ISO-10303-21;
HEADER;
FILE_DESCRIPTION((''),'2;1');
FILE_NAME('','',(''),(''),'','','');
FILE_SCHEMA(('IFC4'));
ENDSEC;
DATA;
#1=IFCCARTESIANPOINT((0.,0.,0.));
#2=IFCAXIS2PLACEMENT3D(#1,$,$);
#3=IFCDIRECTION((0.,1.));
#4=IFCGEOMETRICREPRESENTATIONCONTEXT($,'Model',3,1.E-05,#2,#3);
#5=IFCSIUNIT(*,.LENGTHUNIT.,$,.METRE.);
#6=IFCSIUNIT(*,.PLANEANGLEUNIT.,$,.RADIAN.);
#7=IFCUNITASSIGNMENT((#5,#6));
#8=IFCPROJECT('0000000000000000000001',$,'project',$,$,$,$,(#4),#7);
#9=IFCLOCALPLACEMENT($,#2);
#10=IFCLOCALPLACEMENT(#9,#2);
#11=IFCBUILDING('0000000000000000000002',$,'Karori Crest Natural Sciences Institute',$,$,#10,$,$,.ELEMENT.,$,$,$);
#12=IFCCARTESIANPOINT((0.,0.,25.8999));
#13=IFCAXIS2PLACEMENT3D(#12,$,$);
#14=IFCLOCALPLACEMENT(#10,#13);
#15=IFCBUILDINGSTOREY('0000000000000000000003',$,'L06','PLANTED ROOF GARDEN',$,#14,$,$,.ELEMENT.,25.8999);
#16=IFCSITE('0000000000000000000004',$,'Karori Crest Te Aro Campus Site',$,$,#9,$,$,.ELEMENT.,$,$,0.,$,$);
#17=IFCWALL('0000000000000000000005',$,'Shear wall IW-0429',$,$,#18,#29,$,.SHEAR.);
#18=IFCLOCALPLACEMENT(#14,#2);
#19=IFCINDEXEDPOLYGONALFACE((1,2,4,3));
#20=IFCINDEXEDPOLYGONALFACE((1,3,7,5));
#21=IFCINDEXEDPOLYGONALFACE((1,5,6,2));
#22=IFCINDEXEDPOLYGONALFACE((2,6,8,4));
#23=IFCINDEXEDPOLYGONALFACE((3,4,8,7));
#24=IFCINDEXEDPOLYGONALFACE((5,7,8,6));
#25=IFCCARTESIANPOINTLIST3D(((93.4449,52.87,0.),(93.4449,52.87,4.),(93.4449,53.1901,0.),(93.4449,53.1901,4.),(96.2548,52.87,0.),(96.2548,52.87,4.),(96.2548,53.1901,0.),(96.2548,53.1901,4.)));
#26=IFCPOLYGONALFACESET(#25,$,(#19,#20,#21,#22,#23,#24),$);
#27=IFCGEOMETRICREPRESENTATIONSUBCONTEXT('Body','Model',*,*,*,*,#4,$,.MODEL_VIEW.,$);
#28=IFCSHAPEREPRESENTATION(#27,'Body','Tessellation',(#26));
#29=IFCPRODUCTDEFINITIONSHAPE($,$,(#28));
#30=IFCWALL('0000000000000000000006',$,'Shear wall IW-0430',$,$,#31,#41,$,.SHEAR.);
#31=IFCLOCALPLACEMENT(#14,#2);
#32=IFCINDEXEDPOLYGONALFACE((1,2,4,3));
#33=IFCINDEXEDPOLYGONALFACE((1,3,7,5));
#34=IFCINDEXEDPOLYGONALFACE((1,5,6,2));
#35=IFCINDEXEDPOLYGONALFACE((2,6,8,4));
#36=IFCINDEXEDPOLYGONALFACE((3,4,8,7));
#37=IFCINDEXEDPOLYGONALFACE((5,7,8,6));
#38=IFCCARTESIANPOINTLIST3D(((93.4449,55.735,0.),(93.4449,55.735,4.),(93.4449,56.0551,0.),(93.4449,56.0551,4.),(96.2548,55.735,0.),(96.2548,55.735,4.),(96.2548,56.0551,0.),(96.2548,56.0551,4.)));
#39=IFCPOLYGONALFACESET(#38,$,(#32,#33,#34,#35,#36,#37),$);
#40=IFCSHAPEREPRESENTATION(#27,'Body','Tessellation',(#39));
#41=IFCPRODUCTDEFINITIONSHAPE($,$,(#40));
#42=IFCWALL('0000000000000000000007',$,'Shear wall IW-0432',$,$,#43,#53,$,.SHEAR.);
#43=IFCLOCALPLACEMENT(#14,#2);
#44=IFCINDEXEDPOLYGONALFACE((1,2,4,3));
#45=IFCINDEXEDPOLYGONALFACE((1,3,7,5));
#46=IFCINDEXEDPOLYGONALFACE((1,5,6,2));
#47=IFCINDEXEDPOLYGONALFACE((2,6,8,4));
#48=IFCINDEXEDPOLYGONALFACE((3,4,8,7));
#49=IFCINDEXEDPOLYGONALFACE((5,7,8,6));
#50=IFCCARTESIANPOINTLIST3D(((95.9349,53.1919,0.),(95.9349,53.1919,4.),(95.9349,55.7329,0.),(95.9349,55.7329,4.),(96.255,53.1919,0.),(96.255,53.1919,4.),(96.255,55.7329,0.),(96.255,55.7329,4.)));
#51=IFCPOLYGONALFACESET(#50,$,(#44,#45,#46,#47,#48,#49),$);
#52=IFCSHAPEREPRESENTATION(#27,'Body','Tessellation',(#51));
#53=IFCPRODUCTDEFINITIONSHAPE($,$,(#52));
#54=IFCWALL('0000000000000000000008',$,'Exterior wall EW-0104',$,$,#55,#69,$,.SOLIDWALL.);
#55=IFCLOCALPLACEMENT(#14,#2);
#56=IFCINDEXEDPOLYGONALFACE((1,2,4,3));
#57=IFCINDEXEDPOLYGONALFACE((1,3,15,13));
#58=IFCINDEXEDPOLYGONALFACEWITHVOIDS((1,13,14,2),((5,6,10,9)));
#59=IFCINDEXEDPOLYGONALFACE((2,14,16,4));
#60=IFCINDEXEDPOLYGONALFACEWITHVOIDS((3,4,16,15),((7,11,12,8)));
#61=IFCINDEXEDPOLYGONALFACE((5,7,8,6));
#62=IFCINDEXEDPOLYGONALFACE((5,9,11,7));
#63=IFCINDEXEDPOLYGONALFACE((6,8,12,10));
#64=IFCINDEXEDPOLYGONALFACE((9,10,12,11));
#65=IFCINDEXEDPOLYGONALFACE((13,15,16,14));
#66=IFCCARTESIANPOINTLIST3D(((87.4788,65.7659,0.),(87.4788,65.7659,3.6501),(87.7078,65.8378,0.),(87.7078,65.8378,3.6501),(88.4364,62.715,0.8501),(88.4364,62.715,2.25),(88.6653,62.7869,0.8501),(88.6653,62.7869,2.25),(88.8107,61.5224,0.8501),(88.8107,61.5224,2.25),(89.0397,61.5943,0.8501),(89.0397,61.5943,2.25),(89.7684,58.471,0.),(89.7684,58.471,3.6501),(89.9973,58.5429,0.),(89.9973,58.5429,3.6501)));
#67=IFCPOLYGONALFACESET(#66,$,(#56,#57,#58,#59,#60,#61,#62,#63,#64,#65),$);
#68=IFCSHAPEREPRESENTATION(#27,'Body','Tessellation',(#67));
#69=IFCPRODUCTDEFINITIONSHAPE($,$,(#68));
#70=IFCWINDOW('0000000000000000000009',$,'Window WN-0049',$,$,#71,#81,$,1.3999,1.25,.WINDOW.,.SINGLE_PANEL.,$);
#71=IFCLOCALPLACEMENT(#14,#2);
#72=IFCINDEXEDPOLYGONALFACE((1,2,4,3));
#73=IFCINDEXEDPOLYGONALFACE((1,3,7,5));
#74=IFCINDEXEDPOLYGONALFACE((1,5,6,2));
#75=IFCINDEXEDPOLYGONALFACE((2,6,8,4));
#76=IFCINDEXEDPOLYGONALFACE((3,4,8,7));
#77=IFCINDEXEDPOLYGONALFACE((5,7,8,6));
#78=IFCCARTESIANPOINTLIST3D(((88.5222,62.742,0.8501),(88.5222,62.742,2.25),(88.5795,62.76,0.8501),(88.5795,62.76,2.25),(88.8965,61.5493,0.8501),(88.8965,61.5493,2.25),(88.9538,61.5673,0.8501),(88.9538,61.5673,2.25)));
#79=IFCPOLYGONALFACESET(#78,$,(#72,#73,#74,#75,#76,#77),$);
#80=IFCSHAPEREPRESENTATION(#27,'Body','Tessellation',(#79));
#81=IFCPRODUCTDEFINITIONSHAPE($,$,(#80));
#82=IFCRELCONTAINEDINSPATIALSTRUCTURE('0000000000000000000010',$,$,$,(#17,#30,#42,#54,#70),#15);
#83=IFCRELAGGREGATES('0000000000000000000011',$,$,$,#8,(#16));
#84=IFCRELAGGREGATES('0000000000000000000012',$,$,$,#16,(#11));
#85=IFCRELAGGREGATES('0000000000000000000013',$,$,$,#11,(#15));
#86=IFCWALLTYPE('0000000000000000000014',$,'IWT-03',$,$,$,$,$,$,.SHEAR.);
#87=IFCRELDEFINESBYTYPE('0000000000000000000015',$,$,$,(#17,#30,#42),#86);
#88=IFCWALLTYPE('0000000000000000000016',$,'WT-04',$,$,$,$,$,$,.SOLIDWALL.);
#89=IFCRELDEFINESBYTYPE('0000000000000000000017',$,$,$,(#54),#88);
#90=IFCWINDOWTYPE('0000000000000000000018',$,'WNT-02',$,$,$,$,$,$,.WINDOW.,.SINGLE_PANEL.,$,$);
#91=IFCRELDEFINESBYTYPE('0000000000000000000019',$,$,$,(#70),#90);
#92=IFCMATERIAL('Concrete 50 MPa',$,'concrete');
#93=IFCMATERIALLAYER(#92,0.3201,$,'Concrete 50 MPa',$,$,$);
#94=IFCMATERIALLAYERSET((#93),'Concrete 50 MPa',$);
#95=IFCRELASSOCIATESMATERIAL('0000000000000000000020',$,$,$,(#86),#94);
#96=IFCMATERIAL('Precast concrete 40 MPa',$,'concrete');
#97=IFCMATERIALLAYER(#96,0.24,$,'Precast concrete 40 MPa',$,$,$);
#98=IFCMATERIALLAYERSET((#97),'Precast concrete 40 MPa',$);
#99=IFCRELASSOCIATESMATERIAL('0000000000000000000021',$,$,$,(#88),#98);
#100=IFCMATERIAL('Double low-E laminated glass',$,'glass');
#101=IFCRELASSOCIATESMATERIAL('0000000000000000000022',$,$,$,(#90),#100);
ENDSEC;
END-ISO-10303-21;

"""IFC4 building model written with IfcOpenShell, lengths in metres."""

from ifc_helpers import new_model, si_unit, direction, frame, frame_2d, origin, place, context, subcontext, project, spatial, rectangle, extrude, material, layer, layer_set, type_object, element, fill, save


model = new_model("IFC4")

# Units and contexts
model_context = context("Model", 3, precision=1e-05, world=origin(), true_north=direction((0.0, 1.0)))
body_context = subcontext(model_context, "Body", "Model", "MODEL_VIEW")
ifc_project = project(units=[si_unit("LENGTHUNIT", "METRE"), si_unit("PLANEANGLEUNIT", "RADIAN")], contexts=[model_context])

# Site, building, storey
site_placement = place(None, origin())
site = spatial("IfcSite", under=ifc_project, at=site_placement, Name="Karori Crest Te Aro Campus Site", CompositionType="ELEMENT", RefElevation=0.0)
building_placement = place(site_placement, origin())
building = spatial("IfcBuilding", under=site, at=building_placement, Name="Karori Crest Natural Sciences Institute", CompositionType="ELEMENT")
storey_placement = place(building_placement, frame((0.0, 0.0, 25.8999)))
storey = spatial("IfcBuildingStorey", under=building, at=storey_placement, Name="L06", Description="PLANTED ROOF GARDEN", CompositionType="ELEMENT", Elevation=25.8999)

# Shared definitions
ifc_material_1 = material(Name="Concrete 50 MPa", Category="concrete")

# Shared definitions
ifc_material_2 = material(Name="Double low-E laminated glass", Category="glass")

# Walls
ifc_layer_1 = layer(ifc_material_1, 0.3201, Name="Concrete 50 MPa")
ifc_layer_set_1 = layer_set([ifc_layer_1], Name="Concrete 50 MPa")
wall_type_1 = type_object("IfcWallType", Name="IWT-03", PredefinedType="SHEAR", material=ifc_layer_set_1)
for number, where, z_axis, x_axis, name in (
    (1, (93.4451, 53.03, 0.0), (0.0, 0.0, 1.0), (1.0, 0.0, 0.0), "Shear wall IW-0429"),
    (2, (93.4451, 55.895, 0.0), (0.0, 0.0, 1.0), (1.0, 0.0, 0.0), "Shear wall IW-0430"),
):
    element("IfcWall", number, at=place(storey_placement, frame(where, z_axis=z_axis, x_axis=x_axis)), inside=storey, type_object=wall_type_1, Name=name, PredefinedType="SHEAR", context=body_context, shape_type="SweptSolid", body=[
        extrude(rectangle(XDim=2.8098, YDim=0.3201, at=frame_2d((1.4048, 0.0))), origin(), (0.0, 0.0, 1.0), 4.0),
    ])

# Wall
wall_1_placement = place(storey_placement, frame((96.095, 53.1919, 0.0), z_axis=(0.0, 0.0, 1.0), x_axis=(0.0, 1.0, 0.0)))
element("IfcWall", 3, at=wall_1_placement, inside=storey, type_object=wall_type_1, Name="Shear wall IW-0432", PredefinedType="SHEAR", context=body_context, shape_type="SweptSolid", body=[
    extrude(rectangle(XDim=2.541, YDim=0.3201, at=frame_2d((1.2705, 0.0))), origin(), (0.0, 0.0, 1.0), 4.0),
])

# Wall, opening, window
ifc_material_3 = material(Name="Precast concrete 40 MPa", Category="concrete")
ifc_layer_2 = layer(ifc_material_3, 0.24, Name="Precast concrete 40 MPa")
ifc_layer_set_2 = layer_set([ifc_layer_2], Name="Precast concrete 40 MPa")
wall_type_2 = type_object("IfcWallType", Name="WT-04", PredefinedType="SOLIDWALL", material=ifc_layer_set_2)
wall_2_placement = place(storey_placement, frame((89.8828, 58.5071, 0.0), z_axis=(0.0, 0.0, 1.0), x_axis=(-0.299453, 0.954111, 0.0)))
wall_2 = element("IfcWall", 4, at=wall_2_placement, inside=storey, type_object=wall_type_2, Name="Exterior wall EW-0104", PredefinedType="SOLIDWALL", context=body_context, shape_type="SweptSolid", body=[
    extrude(rectangle(XDim=7.6458, YDim=0.24, at=frame_2d((3.8228, 0.0))), origin(), (0.0, 0.0, 1.0), 3.6501),
])
opening_1_placement = place(wall_2_placement, frame((3.198, 0.0, 0.8501)))
opening_1 = element("IfcOpeningElement", 5, at=opening_1_placement, cuts=wall_2, PredefinedType="OPENING", context=body_context, shape_type="SweptSolid", body=[
    extrude(rectangle(XDim=1.25, YDim=1.3999, at=frame_2d((0.625, 0.7))), frame((0.0, 0.1299, 0.0), z_axis=(0.0, -1.0, 0.0), x_axis=(1.0, 0.0, 0.0)), (0.0, 0.0, 1.0), 0.26),
])
window_type = type_object("IfcWindowType", Name="WNT-02", PartitioningType="SINGLE_PANEL", PredefinedType="WINDOW", material=ifc_material_2)
window_placement = place(opening_1_placement, origin())
window = element("IfcWindow", 6, at=window_placement, inside=storey, type_object=window_type, Name="Window WN-0049", OverallHeight=1.3999, OverallWidth=1.25, PartitioningType="SINGLE_PANEL", PredefinedType="WINDOW", context=body_context, shape_type="SweptSolid", body=[
    extrude(rectangle(XDim=1.25, YDim=1.3999, at=frame_2d((0.625, 0.7))), frame((0.0, 0.03, 0.0), z_axis=(0.0, -1.0, 0.0), x_axis=(1.0, 0.0, 0.0)), (0.0, 0.0, 1.0), 0.0601),
])
fill(opening_1, window)

save(model, "model.ifc")
